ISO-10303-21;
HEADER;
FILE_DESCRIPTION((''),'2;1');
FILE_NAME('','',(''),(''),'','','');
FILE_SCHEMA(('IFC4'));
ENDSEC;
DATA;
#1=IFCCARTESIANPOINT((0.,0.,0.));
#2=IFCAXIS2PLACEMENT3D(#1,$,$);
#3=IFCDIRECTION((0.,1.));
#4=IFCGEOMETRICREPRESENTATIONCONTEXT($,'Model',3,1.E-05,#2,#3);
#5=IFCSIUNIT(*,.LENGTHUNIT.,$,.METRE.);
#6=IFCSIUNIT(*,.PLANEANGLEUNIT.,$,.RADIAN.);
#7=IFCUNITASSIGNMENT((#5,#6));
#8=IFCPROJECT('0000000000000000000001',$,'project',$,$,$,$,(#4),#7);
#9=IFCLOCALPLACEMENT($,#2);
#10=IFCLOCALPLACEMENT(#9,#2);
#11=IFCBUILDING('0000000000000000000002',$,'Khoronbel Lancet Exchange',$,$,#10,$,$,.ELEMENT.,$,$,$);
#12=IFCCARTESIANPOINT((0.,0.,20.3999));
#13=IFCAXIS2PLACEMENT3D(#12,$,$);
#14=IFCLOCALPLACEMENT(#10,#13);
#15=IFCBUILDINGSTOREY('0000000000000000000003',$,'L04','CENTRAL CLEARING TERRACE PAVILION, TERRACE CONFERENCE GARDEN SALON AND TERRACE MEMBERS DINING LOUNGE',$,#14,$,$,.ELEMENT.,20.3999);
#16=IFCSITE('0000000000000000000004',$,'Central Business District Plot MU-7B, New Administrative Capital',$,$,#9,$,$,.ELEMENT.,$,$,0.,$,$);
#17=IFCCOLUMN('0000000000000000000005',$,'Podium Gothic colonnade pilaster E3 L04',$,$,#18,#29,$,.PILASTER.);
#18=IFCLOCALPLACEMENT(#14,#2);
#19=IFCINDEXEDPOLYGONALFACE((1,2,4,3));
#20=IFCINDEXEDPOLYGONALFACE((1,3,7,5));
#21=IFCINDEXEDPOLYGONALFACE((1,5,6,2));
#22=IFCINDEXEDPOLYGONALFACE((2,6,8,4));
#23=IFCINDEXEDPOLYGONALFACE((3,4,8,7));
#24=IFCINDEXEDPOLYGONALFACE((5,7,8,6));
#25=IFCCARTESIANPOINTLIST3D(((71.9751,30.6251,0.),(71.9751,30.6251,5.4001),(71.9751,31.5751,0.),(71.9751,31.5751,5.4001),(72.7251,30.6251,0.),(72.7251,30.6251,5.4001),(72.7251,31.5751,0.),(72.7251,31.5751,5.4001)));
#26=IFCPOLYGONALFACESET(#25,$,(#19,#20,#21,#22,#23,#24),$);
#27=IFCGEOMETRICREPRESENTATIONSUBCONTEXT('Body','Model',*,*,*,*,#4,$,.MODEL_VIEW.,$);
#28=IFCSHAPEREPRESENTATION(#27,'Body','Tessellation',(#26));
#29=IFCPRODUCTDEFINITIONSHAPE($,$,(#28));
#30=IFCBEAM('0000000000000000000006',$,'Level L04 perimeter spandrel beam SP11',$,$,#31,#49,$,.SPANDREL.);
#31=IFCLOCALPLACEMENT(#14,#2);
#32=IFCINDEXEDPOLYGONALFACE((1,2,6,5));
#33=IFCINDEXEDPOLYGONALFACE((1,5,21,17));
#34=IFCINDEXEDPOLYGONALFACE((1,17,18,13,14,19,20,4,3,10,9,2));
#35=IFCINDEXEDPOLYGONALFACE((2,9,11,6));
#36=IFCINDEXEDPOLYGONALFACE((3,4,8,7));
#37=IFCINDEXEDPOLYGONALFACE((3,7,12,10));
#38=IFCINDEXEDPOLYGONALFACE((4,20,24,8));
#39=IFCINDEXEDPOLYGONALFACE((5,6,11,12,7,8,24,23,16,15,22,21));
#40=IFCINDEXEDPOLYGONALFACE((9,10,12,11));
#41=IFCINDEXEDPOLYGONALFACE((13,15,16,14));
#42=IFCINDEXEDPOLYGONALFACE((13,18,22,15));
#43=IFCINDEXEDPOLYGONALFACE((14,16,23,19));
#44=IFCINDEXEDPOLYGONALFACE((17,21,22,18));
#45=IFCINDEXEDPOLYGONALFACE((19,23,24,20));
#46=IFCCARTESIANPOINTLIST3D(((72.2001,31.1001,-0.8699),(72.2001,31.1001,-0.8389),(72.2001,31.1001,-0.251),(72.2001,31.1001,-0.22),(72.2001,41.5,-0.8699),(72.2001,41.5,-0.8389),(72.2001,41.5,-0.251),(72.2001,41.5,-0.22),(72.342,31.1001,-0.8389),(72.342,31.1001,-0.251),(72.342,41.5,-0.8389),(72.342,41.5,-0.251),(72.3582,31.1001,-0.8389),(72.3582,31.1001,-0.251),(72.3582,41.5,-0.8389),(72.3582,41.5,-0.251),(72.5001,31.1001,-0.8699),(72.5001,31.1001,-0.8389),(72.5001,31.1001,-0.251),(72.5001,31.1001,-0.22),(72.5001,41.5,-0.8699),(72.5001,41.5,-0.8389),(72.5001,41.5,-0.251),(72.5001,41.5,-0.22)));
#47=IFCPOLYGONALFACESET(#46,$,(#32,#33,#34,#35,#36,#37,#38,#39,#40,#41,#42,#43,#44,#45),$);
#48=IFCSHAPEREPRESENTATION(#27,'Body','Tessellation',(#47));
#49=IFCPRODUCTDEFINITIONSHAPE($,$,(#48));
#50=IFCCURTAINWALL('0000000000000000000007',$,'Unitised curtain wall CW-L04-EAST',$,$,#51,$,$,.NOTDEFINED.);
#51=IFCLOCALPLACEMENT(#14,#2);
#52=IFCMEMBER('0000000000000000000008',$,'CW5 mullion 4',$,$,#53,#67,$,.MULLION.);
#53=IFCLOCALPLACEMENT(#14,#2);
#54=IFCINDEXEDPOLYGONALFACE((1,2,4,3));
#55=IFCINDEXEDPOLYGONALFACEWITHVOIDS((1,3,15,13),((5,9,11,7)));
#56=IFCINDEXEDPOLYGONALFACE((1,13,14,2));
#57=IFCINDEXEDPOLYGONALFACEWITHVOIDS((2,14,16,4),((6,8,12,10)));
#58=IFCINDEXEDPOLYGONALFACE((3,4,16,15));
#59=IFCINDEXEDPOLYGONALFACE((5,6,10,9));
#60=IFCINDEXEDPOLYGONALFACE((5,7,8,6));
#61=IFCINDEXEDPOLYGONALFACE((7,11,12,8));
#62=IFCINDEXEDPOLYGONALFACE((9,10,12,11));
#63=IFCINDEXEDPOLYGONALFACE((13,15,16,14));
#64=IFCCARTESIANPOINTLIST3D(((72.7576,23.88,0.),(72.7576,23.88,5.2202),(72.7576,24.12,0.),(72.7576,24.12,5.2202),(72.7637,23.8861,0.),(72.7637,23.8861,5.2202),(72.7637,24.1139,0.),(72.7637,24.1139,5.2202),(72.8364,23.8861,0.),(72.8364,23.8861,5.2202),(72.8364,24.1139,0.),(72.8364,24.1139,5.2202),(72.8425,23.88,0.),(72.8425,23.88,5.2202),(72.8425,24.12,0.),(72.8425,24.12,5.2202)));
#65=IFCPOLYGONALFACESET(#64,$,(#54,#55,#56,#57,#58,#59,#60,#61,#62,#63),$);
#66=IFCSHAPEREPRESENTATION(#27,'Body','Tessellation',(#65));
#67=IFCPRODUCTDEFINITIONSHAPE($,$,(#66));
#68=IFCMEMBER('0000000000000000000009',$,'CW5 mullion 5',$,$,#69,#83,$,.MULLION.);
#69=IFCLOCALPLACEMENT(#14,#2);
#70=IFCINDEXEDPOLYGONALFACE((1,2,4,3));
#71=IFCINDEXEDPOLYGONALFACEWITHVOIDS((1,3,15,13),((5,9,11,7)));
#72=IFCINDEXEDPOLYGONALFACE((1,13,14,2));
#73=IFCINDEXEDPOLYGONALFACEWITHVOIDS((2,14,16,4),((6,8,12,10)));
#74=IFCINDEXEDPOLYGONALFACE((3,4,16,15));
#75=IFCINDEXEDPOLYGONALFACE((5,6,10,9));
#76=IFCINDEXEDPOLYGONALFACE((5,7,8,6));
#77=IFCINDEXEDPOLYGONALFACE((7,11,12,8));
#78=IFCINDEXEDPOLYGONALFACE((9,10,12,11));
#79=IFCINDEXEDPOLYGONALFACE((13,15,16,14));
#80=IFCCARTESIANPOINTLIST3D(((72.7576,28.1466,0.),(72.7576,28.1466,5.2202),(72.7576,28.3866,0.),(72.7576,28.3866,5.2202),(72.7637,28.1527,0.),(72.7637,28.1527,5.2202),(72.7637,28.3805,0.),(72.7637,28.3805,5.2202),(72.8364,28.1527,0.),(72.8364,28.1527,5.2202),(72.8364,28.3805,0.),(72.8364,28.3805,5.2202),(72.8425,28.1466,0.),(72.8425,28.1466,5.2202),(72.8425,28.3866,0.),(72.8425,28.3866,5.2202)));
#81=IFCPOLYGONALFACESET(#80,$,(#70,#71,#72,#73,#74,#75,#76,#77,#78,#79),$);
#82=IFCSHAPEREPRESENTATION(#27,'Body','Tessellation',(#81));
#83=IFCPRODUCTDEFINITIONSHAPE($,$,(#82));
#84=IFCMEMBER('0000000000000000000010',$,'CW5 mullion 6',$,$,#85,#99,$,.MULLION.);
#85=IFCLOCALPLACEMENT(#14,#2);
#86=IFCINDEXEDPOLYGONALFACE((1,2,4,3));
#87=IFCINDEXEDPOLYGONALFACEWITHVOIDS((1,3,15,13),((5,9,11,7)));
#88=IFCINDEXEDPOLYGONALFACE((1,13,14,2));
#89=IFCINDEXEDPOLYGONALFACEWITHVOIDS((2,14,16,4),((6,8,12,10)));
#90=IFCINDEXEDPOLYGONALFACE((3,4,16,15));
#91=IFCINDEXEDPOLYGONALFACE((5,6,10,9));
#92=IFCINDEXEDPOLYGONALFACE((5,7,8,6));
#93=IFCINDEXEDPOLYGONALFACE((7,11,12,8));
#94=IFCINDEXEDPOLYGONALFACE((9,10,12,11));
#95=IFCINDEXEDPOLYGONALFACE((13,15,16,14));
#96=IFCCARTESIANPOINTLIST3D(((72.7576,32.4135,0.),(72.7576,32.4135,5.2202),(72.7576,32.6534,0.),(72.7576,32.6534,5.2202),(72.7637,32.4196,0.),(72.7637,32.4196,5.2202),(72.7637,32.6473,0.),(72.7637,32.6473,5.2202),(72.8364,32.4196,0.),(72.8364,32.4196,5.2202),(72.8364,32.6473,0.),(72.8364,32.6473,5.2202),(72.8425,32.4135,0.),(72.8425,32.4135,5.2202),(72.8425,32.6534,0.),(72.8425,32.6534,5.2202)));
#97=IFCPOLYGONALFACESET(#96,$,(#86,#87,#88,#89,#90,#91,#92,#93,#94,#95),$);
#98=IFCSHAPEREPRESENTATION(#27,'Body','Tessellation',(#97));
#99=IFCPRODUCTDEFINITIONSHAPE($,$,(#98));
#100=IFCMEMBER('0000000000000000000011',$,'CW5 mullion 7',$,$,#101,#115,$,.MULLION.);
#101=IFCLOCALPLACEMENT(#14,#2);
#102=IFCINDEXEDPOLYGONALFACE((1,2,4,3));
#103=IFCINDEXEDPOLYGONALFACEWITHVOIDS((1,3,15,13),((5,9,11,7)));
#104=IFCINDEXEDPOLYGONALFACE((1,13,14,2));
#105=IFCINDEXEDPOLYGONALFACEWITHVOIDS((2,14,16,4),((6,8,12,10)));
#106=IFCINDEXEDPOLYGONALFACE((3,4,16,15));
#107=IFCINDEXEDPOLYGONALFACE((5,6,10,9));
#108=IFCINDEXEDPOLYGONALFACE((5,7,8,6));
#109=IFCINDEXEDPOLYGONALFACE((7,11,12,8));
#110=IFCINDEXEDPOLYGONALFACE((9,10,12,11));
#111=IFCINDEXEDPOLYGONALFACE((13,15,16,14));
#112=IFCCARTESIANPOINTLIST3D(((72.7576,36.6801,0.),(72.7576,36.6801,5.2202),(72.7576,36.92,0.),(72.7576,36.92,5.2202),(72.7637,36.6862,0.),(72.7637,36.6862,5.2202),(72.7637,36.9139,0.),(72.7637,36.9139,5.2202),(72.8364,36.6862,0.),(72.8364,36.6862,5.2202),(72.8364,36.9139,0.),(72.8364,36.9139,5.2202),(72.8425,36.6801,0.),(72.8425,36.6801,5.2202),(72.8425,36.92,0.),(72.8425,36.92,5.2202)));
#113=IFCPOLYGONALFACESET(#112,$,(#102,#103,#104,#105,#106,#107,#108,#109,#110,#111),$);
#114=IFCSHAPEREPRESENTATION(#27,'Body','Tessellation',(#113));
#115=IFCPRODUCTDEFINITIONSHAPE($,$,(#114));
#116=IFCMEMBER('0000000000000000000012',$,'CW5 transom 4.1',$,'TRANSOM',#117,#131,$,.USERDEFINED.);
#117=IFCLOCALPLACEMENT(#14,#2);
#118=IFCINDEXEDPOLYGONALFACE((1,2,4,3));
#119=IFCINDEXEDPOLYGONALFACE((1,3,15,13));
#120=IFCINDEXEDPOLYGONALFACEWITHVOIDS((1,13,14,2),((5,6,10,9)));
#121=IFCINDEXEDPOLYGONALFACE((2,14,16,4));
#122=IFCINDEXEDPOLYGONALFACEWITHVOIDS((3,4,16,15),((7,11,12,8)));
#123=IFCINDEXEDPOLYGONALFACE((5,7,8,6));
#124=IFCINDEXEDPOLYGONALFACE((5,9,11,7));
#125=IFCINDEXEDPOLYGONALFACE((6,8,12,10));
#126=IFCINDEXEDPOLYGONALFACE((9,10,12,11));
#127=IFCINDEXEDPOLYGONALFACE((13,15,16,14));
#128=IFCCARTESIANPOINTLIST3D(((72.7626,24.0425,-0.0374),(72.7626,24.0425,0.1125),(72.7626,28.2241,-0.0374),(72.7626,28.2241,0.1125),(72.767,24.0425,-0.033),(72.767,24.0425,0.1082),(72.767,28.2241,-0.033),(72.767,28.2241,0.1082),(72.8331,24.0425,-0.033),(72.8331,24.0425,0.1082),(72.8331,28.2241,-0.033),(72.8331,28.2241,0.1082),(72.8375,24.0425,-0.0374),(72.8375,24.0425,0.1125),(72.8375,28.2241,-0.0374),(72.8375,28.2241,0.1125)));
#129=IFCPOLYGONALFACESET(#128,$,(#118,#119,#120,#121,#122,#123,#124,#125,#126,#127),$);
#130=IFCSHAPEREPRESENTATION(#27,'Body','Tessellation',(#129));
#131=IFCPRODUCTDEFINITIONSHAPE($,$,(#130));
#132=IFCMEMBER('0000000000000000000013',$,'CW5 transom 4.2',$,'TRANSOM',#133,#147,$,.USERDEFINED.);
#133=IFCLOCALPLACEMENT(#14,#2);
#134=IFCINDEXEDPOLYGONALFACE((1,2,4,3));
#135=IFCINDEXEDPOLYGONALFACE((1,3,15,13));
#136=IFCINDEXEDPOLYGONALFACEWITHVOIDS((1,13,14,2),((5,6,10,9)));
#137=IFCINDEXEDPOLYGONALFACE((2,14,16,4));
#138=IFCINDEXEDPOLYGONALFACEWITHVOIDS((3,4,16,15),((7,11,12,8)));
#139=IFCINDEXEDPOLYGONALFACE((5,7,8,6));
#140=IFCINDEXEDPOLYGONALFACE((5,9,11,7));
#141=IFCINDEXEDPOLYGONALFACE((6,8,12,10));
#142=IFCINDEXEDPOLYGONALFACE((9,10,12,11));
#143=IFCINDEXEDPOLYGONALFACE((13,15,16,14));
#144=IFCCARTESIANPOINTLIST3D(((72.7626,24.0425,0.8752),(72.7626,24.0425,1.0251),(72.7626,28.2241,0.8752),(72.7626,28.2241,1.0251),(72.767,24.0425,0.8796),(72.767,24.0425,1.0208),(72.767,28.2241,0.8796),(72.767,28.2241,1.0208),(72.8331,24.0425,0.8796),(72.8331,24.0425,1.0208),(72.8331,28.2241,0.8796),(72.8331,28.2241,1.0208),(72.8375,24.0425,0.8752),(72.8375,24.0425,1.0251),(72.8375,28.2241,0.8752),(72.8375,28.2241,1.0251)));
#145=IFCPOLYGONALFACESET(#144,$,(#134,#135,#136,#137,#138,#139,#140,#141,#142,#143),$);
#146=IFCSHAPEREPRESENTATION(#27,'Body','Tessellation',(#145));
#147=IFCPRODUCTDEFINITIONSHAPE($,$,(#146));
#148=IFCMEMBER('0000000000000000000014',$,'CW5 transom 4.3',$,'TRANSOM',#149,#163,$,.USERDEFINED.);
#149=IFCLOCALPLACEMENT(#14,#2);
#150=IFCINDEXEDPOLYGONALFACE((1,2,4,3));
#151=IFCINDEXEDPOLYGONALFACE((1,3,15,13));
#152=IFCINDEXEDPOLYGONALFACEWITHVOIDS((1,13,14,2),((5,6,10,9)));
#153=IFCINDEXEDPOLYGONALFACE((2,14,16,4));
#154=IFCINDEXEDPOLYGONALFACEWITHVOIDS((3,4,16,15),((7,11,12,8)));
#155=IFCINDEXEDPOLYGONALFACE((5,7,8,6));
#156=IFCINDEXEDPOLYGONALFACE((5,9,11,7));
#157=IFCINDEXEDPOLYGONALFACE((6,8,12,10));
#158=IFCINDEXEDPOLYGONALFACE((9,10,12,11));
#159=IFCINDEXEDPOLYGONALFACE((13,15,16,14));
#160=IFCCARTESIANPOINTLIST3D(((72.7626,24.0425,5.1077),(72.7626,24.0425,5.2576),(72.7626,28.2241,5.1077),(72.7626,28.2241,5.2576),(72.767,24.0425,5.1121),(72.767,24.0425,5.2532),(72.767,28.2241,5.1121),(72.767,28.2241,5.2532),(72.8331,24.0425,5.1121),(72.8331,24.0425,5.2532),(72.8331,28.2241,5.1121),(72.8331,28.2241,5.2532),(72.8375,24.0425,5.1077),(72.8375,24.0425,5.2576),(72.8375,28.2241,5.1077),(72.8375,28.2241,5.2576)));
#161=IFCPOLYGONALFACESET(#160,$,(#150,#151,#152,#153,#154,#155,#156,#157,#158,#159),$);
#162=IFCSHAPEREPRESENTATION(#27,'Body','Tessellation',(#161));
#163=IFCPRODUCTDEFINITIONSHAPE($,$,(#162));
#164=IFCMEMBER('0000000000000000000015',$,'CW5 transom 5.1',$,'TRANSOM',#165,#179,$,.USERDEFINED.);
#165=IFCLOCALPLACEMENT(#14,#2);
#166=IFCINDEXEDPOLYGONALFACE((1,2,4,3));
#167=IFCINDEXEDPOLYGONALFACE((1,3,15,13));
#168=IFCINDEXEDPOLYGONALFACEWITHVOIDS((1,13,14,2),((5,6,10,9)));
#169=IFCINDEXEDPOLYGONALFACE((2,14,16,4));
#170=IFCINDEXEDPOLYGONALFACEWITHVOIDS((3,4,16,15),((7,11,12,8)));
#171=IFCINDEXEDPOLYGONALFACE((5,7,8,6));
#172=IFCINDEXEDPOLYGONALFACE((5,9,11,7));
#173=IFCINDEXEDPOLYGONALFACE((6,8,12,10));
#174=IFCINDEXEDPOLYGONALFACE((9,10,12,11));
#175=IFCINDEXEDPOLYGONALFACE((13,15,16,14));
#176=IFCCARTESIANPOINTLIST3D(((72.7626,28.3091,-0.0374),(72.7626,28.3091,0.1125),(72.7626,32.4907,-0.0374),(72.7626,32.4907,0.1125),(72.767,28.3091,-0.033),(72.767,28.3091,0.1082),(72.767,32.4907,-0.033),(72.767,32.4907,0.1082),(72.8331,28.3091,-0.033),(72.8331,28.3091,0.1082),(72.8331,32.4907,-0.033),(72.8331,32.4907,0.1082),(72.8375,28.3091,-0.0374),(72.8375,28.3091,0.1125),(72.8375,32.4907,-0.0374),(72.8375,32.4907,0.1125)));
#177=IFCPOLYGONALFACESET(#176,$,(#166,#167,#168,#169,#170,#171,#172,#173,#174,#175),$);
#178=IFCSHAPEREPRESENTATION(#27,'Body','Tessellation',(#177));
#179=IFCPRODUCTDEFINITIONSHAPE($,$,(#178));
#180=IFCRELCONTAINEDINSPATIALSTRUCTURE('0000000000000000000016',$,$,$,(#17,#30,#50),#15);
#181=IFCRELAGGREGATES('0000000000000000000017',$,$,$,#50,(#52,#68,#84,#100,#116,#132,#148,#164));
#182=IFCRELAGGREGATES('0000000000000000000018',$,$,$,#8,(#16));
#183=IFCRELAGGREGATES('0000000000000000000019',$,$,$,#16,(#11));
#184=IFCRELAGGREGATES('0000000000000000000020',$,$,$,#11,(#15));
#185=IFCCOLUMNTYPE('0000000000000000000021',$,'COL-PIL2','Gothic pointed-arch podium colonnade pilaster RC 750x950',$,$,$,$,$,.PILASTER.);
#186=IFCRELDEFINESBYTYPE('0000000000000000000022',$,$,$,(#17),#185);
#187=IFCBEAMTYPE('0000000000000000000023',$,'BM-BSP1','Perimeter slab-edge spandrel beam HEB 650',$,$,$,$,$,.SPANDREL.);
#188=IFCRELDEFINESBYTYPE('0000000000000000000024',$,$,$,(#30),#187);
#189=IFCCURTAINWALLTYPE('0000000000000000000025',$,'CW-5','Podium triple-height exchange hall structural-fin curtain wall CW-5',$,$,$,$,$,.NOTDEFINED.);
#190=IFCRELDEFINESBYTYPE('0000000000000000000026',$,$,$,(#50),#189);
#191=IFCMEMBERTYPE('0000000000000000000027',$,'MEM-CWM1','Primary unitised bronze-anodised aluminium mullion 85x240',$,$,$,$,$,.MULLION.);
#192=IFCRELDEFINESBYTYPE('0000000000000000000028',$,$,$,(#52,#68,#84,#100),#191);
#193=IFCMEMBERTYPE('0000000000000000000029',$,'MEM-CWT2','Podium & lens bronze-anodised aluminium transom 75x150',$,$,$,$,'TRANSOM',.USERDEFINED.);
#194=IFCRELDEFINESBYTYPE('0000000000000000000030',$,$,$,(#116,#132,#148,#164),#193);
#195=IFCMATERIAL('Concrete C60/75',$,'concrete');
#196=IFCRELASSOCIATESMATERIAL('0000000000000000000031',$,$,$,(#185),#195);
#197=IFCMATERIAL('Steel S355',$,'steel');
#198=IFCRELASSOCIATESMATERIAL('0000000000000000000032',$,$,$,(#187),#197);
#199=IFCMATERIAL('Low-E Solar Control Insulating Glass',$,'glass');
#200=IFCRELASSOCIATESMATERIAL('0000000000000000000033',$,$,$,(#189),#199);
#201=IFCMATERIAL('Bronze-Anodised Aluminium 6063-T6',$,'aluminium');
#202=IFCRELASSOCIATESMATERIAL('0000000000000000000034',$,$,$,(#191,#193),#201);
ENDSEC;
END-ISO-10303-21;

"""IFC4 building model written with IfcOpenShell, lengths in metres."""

from ifc_helpers import new_model, si_unit, direction, frame, origin, origin_2d, place, context, subcontext, project, spatial, rectangle, hollow_rectangle, i_section, extrude, material, material_profile, profile_set, type_object, element, aggregate, save


model = new_model("IFC4")

# Units and contexts
model_context = context("Model", 3, precision=1e-05, world=origin(), true_north=direction((0.0, 1.0)))
body_context = subcontext(model_context, "Body", "Model", "MODEL_VIEW")
ifc_project = project(units=[si_unit("LENGTHUNIT", "METRE"), si_unit("PLANEANGLEUNIT", "RADIAN")], contexts=[model_context])

# Site, building, storey
site_placement = place(None, origin())
site = spatial("IfcSite", under=ifc_project, at=site_placement, Name="Central Business District Plot MU-7B, New Administrative Capital", CompositionType="ELEMENT", RefElevation=0.0)
building_placement = place(site_placement, origin())
building = spatial("IfcBuilding", under=site, at=building_placement, Name="Khoronbel Lancet Exchange", CompositionType="ELEMENT")
storey_placement = place(building_placement, frame((0.0, 0.0, 20.3999)))
storey = spatial("IfcBuildingStorey", under=building, at=storey_placement, Name="L04", Description="CENTRAL CLEARING TERRACE PAVILION, TERRACE CONFERENCE GARDEN SALON AND TERRACE MEMBERS DINING LOUNGE", CompositionType="ELEMENT", Elevation=20.3999)

# Column
ifc_material_1 = material(Name="Concrete C60/75", Category="concrete")
ifc_material_profile_1 = material_profile(ifc_material_1, rectangle(XDim=0.75, YDim=0.95, at=origin_2d()), Name="RC 750x950")
ifc_profile_set_1 = profile_set([ifc_material_profile_1], Name="Concrete C60/75")
column_type = type_object("IfcColumnType", Name="COL-PIL2", Description="Gothic pointed-arch podium colonnade pilaster RC 750x950", PredefinedType="PILASTER", material=ifc_profile_set_1)
column_placement = place(storey_placement, frame((72.3501, 31.1001, 0.0), z_axis=(0.0, 0.0, 1.0), x_axis=(1.0, 0.0, 0.0)))
element("IfcColumn", 1, at=column_placement, inside=storey, type_object=column_type, Name="Podium Gothic colonnade pilaster E3 L04", PredefinedType="PILASTER", context=body_context, shape_type="SweptSolid", body=[
    extrude(rectangle(XDim=0.75, YDim=0.95, at=origin_2d()), origin(), (0.0, 0.0, 1.0), 5.4001),
])

# Beam
ifc_material_2 = material(Name="Steel S355", Category="steel")
ifc_material_profile_2 = material_profile(ifc_material_2, i_section(OverallWidth=0.3, OverallDepth=0.6499, WebThickness=0.0161, FlangeThickness=0.031, at=origin_2d()), Name="HEB 650")
ifc_profile_set_2 = profile_set([ifc_material_profile_2], Name="Steel S355")
beam_type = type_object("IfcBeamType", Name="BM-BSP1", Description="Perimeter slab-edge spandrel beam HEB 650", PredefinedType="SPANDREL", material=ifc_profile_set_2)
beam_placement = place(storey_placement, frame((72.3501, 31.1001, -0.5449), z_axis=(0.0, 1.0, 0.0), x_axis=(-1.0, 0.0, 0.0)))
element("IfcBeam", 2, at=beam_placement, inside=storey, type_object=beam_type, Name="Level L04 perimeter spandrel beam SP11", PredefinedType="SPANDREL", context=body_context, shape_type="SweptSolid", body=[
    extrude(i_section(OverallWidth=0.3, OverallDepth=0.6499, WebThickness=0.0161, FlangeThickness=0.031, at=origin_2d()), origin(), (0.0, 0.0, 1.0), 10.3999),
])

# Curtain wall, members
ifc_material_3 = material(Name="Low-E Solar Control Insulating Glass", Category="glass")
curtain_wall_type = type_object("IfcCurtainWallType", Name="CW-5", Description="Podium triple-height exchange hall structural-fin curtain wall CW-5", PredefinedType="NOTDEFINED", material=ifc_material_3)
curtain_wall_placement = place(storey_placement, origin())
curtain_wall = element("IfcCurtainWall", 3, at=curtain_wall_placement, inside=storey, type_object=curtain_wall_type, Name="Unitised curtain wall CW-L04-EAST", PredefinedType="NOTDEFINED")
ifc_material_4 = material(Name="Bronze-Anodised Aluminium 6063-T6", Category="aluminium")
ifc_material_profile_3 = material_profile(ifc_material_4, hollow_rectangle(XDim=0.085, YDim=0.24, WallThickness=0.0061, at=origin_2d()), Name="ALU MULLION 85x240")
ifc_profile_set_3 = profile_set([ifc_material_profile_3], Name="Bronze-Anodised Aluminium 6063-T6")
member_type_1 = type_object("IfcMemberType", Name="MEM-CWM1", Description="Primary unitised bronze-anodised aluminium mullion 85x240", PredefinedType="MULLION", material=ifc_profile_set_3)
member_1_placement = place(storey_placement, frame((72.8, 24.0, 0.0), z_axis=(0.0, 0.0, 1.0), x_axis=(-1.0, 0.0, 0.0)))
member_1 = element("IfcMember", 4, at=member_1_placement, type_object=member_type_1, Name="CW5 mullion 4", PredefinedType="MULLION", context=body_context, shape_type="SweptSolid", body=[
    extrude(hollow_rectangle(XDim=0.085, YDim=0.24, WallThickness=0.0061, at=origin_2d()), origin(), (0.0, 0.0, 1.0), 5.2202),
])
member_2_placement = place(storey_placement, frame((72.8, 28.2666, 0.0), z_axis=(0.0, 0.0, 1.0), x_axis=(-1.0, 0.0, 0.0)))
member_2 = element("IfcMember", 5, at=member_2_placement, type_object=member_type_1, Name="CW5 mullion 5", PredefinedType="MULLION", context=body_context, shape_type="SweptSolid", body=[
    extrude(hollow_rectangle(XDim=0.085, YDim=0.24, WallThickness=0.0061, at=origin_2d()), origin(), (0.0, 0.0, 1.0), 5.2202),
])
member_3_placement = place(storey_placement, frame((72.8, 32.5334, 0.0), z_axis=(0.0, 0.0, 1.0), x_axis=(-1.0, 0.0, 0.0)))
member_3 = element("IfcMember", 6, at=member_3_placement, type_object=member_type_1, Name="CW5 mullion 6", PredefinedType="MULLION", context=body_context, shape_type="SweptSolid", body=[
    extrude(hollow_rectangle(XDim=0.085, YDim=0.24, WallThickness=0.0061, at=origin_2d()), origin(), (0.0, 0.0, 1.0), 5.2202),
])
member_4_placement = place(storey_placement, frame((72.8, 36.8, 0.0), z_axis=(0.0, 0.0, 1.0), x_axis=(-1.0, 0.0, 0.0)))
member_4 = element("IfcMember", 7, at=member_4_placement, type_object=member_type_1, Name="CW5 mullion 7", PredefinedType="MULLION", context=body_context, shape_type="SweptSolid", body=[
    extrude(hollow_rectangle(XDim=0.085, YDim=0.24, WallThickness=0.0061, at=origin_2d()), origin(), (0.0, 0.0, 1.0), 5.2202),
])
ifc_material_profile_4 = material_profile(ifc_material_4, hollow_rectangle(XDim=0.075, YDim=0.1499, WallThickness=0.0044, at=origin_2d()), Name="ALU TRANSOM 75x150")
ifc_profile_set_4 = profile_set([ifc_material_profile_4], Name="Bronze-Anodised Aluminium 6063-T6")
member_type_2 = type_object("IfcMemberType", Name="MEM-CWT2", Description="Podium & lens bronze-anodised aluminium transom 75x150", ElementType="TRANSOM", PredefinedType="USERDEFINED", material=ifc_profile_set_4)
member_5_placement = place(storey_placement, frame((72.8, 24.0425, 0.0376), z_axis=(0.0, 1.0, 0.0), x_axis=(-1.0, 0.0, 0.0)))
member_5 = element("IfcMember", 8, at=member_5_placement, type_object=member_type_2, Name="CW5 transom 4.1", ObjectType="TRANSOM", PredefinedType="USERDEFINED", context=body_context, shape_type="SweptSolid", body=[
    extrude(hollow_rectangle(XDim=0.075, YDim=0.1499, WallThickness=0.0044, at=origin_2d()), origin(), (0.0, 0.0, 1.0), 4.1816),
])
member_6_placement = place(storey_placement, frame((72.8, 24.0425, 0.9502), z_axis=(0.0, 1.0, 0.0), x_axis=(-1.0, 0.0, 0.0)))
member_6 = element("IfcMember", 9, at=member_6_placement, type_object=member_type_2, Name="CW5 transom 4.2", ObjectType="TRANSOM", PredefinedType="USERDEFINED", context=body_context, shape_type="SweptSolid", body=[
    extrude(hollow_rectangle(XDim=0.075, YDim=0.1499, WallThickness=0.0044, at=origin_2d()), origin(), (0.0, 0.0, 1.0), 4.1816),
])
member_7_placement = place(storey_placement, frame((72.8, 24.0425, 5.1826), z_axis=(0.0, 1.0, 0.0), x_axis=(-1.0, 0.0, 0.0)))
member_7 = element("IfcMember", 10, at=member_7_placement, type_object=member_type_2, Name="CW5 transom 4.3", ObjectType="TRANSOM", PredefinedType="USERDEFINED", context=body_context, shape_type="SweptSolid", body=[
    extrude(hollow_rectangle(XDim=0.075, YDim=0.1499, WallThickness=0.0044, at=origin_2d()), origin(), (0.0, 0.0, 1.0), 4.1816),
])
member_8_placement = place(storey_placement, frame((72.8, 28.3091, 0.0376), z_axis=(0.0, 1.0, 0.0), x_axis=(-1.0, 0.0, 0.0)))
member_8 = element("IfcMember", 11, at=member_8_placement, type_object=member_type_2, Name="CW5 transom 5.1", ObjectType="TRANSOM", PredefinedType="USERDEFINED", context=body_context, shape_type="SweptSolid", body=[
    extrude(hollow_rectangle(XDim=0.075, YDim=0.1499, WallThickness=0.0044, at=origin_2d()), origin(), (0.0, 0.0, 1.0), 4.1816),
])
aggregate(curtain_wall, [member_1, member_2, member_3, member_4, member_5, member_6, member_7, member_8])

save(model, "model.ifc")
